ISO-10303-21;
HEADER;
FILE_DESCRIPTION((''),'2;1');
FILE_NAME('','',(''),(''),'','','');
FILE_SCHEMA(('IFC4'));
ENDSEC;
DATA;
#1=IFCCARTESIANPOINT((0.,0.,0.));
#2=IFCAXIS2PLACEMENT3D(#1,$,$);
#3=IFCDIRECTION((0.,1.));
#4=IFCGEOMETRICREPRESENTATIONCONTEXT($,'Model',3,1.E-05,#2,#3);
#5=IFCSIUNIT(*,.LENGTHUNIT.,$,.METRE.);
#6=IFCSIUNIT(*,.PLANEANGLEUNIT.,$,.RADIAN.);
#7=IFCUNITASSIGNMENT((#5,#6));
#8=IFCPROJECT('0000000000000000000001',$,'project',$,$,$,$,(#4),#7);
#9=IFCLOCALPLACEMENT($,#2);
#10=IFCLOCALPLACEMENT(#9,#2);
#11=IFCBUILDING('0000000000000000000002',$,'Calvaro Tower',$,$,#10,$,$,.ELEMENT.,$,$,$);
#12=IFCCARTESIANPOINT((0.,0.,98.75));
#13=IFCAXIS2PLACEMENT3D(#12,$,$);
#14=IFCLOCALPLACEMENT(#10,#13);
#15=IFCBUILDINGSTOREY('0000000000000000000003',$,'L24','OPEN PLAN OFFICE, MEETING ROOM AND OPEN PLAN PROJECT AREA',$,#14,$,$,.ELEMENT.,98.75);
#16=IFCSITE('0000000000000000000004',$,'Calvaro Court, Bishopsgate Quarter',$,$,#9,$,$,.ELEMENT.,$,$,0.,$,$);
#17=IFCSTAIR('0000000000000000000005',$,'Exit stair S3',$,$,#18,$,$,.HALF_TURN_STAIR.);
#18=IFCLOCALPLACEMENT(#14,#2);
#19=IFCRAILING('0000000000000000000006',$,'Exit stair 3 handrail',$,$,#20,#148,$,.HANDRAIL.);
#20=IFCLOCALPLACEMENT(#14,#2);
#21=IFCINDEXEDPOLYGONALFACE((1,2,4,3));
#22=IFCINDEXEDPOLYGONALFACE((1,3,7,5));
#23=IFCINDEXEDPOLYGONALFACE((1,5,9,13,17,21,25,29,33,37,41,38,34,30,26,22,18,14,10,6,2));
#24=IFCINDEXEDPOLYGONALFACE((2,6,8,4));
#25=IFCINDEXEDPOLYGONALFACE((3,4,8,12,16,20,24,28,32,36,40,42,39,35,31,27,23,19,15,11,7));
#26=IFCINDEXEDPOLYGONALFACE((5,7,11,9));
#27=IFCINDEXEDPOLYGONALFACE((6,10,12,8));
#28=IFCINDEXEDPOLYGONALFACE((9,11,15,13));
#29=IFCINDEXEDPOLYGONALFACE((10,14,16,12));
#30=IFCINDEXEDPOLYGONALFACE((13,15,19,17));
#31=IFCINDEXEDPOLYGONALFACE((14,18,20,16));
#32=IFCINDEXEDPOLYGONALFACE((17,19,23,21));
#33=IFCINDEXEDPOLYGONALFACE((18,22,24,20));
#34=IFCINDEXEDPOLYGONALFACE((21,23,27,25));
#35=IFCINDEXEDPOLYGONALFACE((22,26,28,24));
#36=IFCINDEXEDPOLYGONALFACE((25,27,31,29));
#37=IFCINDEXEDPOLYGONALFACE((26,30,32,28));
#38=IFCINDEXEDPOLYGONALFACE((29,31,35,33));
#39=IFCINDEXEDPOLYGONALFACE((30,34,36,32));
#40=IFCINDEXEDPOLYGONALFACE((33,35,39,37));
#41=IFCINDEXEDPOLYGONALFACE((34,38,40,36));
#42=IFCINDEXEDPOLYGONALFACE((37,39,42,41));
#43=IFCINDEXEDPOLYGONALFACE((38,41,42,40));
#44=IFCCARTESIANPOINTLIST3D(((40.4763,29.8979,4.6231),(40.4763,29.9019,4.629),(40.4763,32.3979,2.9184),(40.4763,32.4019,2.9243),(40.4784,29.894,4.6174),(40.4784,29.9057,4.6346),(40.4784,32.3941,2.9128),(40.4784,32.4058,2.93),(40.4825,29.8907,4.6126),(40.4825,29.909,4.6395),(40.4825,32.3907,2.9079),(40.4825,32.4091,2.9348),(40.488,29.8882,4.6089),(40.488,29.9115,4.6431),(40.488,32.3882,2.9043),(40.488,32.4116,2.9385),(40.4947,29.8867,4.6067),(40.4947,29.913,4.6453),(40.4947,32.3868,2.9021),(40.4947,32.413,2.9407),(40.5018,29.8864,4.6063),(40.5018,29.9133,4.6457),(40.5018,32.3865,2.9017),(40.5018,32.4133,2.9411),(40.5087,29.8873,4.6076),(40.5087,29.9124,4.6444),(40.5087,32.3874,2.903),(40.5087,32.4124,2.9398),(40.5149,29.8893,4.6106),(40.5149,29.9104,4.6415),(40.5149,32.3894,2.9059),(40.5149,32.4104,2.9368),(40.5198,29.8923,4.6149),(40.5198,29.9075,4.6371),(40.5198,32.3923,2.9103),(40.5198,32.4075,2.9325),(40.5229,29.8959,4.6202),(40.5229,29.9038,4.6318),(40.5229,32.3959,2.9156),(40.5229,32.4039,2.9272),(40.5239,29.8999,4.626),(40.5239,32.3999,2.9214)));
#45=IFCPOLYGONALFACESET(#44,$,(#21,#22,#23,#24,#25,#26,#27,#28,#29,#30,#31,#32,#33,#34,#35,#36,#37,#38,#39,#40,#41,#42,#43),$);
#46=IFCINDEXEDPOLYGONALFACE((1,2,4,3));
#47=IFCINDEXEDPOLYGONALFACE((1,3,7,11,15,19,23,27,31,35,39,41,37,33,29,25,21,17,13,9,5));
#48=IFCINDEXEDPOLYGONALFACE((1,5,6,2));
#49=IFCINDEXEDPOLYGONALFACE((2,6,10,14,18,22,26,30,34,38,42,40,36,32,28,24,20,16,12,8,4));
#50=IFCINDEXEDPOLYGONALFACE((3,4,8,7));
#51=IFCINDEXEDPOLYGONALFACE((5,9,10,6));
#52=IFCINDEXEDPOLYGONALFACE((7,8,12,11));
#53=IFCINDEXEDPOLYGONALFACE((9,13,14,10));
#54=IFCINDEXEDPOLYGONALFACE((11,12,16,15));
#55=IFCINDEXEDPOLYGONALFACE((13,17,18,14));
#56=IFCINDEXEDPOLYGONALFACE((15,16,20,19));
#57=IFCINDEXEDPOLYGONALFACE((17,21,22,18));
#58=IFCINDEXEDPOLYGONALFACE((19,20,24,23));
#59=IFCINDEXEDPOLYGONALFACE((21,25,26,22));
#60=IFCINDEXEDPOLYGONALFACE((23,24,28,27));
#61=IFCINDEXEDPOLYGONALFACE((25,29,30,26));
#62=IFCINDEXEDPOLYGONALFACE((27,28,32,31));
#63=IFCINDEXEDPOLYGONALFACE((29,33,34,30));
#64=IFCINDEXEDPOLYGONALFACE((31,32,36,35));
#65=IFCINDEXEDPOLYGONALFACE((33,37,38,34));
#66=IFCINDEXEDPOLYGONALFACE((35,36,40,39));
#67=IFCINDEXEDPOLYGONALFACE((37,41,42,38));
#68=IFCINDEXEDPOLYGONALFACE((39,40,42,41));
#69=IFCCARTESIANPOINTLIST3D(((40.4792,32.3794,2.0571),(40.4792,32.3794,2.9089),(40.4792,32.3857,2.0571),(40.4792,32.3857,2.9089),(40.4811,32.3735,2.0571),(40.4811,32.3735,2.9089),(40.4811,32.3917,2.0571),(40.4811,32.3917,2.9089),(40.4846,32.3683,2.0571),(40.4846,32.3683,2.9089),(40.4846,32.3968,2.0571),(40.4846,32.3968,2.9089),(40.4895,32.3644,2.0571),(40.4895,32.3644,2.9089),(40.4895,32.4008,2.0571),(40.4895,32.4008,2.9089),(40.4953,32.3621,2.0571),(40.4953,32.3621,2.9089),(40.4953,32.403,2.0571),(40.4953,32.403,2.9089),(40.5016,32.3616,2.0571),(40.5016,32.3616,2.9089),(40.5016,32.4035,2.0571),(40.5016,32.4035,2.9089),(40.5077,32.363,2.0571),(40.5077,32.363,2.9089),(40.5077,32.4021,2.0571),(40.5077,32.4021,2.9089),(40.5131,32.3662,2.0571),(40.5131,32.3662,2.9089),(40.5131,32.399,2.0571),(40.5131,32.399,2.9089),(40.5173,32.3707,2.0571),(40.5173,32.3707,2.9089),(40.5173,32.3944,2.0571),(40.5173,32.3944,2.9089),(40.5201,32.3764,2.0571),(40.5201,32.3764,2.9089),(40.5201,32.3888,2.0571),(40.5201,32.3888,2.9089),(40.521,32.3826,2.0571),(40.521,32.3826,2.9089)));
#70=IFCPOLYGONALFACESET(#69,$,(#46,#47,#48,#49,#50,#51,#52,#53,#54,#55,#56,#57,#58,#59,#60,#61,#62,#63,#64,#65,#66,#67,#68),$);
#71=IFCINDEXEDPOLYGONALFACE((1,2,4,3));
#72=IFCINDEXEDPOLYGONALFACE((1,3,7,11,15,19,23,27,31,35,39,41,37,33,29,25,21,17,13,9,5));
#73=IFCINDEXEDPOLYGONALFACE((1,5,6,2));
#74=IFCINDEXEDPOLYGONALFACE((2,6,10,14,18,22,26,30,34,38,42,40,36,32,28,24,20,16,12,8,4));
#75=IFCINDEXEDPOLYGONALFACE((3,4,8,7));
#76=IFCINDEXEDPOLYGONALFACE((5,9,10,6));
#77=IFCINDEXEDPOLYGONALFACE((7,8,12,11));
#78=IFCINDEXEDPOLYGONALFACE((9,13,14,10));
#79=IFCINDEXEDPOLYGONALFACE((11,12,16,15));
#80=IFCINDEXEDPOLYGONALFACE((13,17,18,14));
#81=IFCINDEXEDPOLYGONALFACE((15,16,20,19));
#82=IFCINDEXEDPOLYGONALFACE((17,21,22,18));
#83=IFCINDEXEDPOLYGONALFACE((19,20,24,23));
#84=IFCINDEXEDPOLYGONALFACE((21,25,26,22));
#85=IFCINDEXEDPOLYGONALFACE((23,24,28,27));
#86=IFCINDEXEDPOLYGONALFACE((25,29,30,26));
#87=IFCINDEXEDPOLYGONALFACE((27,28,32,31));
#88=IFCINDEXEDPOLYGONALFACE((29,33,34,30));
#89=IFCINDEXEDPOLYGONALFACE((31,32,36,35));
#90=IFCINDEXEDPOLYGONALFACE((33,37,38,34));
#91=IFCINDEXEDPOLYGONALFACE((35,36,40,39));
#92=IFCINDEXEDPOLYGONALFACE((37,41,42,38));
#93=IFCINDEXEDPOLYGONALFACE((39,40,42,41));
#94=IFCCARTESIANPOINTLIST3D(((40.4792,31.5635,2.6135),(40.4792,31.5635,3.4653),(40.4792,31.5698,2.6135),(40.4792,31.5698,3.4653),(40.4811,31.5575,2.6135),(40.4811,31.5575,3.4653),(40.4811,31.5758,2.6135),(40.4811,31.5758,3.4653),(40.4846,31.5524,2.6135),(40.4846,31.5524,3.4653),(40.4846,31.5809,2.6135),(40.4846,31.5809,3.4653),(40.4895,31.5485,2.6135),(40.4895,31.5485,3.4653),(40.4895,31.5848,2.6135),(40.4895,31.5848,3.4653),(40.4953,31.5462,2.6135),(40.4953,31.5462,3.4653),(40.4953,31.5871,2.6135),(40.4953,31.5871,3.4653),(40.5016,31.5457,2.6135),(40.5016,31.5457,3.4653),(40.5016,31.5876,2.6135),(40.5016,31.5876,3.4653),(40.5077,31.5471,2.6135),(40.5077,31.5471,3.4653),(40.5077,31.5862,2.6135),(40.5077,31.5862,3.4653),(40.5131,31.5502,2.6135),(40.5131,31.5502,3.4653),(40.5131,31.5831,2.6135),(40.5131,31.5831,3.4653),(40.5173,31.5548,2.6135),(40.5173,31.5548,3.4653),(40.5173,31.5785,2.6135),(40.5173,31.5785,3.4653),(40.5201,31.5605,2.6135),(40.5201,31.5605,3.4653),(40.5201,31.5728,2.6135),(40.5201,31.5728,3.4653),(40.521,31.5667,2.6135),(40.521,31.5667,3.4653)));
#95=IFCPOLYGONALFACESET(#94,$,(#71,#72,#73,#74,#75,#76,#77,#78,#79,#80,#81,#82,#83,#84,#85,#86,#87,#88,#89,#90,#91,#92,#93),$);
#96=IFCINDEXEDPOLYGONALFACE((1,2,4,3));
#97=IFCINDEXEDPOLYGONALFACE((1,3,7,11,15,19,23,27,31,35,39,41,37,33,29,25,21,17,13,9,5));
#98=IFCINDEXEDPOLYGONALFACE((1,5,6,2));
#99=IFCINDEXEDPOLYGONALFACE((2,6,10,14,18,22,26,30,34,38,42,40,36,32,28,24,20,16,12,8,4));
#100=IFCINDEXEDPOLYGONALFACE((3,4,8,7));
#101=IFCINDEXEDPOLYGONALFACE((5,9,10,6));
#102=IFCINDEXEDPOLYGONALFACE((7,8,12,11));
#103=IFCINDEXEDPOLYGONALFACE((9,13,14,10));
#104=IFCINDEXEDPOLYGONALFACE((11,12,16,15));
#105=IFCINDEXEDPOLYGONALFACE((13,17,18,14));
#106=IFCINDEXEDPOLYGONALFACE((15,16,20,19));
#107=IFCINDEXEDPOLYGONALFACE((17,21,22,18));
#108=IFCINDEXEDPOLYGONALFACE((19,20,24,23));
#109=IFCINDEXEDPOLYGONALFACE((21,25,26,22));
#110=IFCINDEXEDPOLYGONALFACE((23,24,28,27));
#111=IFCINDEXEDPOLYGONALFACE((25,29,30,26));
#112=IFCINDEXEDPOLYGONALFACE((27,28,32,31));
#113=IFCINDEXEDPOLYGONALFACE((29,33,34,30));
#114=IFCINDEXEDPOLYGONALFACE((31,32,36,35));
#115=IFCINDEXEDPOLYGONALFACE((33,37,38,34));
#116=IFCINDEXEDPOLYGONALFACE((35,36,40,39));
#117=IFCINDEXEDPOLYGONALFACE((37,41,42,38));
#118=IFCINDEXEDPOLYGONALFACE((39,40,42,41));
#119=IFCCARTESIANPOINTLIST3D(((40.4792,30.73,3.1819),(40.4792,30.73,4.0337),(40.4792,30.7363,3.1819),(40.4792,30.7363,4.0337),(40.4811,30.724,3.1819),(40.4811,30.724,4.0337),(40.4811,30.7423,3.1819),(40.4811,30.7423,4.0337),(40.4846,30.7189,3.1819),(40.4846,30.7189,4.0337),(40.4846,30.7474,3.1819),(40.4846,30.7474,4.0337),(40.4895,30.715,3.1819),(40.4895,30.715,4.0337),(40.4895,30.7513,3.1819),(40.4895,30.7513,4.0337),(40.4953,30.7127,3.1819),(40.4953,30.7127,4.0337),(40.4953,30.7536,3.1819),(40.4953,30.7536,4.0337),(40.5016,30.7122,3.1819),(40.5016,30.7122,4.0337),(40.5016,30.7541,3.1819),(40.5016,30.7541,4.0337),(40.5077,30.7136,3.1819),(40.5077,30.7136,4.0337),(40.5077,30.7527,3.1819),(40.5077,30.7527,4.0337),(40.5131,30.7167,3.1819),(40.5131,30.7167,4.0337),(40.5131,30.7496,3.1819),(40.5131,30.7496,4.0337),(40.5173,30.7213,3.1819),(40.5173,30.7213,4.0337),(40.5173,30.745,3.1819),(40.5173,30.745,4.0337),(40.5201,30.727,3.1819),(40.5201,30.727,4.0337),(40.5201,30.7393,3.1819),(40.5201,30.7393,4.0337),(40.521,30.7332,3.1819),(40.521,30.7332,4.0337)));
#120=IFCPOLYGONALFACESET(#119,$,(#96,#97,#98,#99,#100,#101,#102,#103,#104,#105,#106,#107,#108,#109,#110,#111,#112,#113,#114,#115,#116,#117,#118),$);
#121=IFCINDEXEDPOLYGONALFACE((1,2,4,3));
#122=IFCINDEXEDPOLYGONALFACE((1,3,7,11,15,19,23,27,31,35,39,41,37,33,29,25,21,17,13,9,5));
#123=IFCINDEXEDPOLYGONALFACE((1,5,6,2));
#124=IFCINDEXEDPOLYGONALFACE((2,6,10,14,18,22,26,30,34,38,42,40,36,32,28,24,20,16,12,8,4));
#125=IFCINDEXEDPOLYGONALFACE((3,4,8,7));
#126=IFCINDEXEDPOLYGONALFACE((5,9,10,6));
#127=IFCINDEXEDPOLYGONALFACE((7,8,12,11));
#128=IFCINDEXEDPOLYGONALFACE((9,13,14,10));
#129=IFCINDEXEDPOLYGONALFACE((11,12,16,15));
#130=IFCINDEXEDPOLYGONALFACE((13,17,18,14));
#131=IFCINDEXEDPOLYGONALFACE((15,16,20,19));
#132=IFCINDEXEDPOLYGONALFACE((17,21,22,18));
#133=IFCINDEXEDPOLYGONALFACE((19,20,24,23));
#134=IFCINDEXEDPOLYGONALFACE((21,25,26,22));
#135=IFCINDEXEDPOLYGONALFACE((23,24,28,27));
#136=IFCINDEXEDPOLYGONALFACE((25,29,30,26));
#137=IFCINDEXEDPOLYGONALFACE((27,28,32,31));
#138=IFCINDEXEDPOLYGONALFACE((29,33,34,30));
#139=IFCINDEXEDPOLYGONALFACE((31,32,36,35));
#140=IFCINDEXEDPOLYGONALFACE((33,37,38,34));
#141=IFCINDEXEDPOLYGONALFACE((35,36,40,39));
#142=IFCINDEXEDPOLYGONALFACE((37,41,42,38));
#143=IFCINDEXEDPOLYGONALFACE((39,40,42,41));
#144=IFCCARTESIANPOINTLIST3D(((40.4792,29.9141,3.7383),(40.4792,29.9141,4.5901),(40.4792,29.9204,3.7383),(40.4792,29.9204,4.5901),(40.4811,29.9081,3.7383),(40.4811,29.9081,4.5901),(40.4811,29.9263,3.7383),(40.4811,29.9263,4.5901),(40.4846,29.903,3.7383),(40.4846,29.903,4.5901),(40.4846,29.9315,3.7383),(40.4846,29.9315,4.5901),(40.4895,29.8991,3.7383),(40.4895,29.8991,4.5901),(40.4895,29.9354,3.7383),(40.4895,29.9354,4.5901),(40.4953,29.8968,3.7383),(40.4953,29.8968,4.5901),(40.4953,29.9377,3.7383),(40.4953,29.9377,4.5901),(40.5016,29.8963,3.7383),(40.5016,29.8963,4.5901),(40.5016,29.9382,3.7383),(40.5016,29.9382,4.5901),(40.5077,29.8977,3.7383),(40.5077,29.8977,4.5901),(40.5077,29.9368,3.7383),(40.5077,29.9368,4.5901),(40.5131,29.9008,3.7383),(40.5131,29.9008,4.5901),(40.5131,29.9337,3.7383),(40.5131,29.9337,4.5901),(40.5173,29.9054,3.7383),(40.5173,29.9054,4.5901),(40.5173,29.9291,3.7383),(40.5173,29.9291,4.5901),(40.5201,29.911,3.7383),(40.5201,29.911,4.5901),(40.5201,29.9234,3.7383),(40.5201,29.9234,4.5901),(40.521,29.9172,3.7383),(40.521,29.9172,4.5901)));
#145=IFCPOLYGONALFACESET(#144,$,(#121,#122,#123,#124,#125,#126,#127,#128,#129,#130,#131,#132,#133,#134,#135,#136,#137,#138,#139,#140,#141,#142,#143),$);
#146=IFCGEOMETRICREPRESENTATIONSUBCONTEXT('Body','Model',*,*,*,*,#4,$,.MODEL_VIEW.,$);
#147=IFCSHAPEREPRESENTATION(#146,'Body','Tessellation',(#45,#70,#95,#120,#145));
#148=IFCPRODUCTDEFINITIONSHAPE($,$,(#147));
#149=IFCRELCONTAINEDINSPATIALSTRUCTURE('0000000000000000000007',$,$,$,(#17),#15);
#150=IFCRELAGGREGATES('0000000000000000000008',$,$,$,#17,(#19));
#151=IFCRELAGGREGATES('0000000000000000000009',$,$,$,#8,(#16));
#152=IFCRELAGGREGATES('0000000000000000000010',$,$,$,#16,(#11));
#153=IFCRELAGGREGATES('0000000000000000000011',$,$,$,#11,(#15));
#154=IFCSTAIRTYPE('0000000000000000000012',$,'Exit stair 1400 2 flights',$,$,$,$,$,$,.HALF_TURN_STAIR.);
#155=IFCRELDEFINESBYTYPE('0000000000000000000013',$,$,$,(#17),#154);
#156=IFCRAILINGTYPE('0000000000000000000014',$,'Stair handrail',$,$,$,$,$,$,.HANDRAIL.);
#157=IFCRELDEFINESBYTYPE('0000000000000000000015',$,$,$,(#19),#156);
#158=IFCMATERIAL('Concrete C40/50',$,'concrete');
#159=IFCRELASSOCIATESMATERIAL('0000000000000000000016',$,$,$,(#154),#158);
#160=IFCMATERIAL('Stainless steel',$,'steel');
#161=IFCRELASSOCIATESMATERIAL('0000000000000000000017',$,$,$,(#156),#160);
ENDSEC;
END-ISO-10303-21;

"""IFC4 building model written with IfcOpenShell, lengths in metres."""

from ifc_helpers import new_model, si_unit, direction, frame, origin, origin_2d, place, context, subcontext, project, spatial, circle, extrude, material, type_object, element, aggregate, save


model = new_model("IFC4")

# Units and contexts
model_context = context("Model", 3, precision=1e-05, world=origin(), true_north=direction((0.0, 1.0)))
body_context = subcontext(model_context, "Body", "Model", "MODEL_VIEW")
ifc_project = project(units=[si_unit("LENGTHUNIT", "METRE"), si_unit("PLANEANGLEUNIT", "RADIAN")], contexts=[model_context])

# Site, building, storey
site_placement = place(None, origin())
site = spatial("IfcSite", under=ifc_project, at=site_placement, Name="Calvaro Court, Bishopsgate Quarter", CompositionType="ELEMENT", RefElevation=0.0)
building_placement = place(site_placement, origin())
building = spatial("IfcBuilding", under=site, at=building_placement, Name="Calvaro Tower", CompositionType="ELEMENT")
storey_placement = place(building_placement, frame((0.0, 0.0, 98.75)))
storey = spatial("IfcBuildingStorey", under=building, at=storey_placement, Name="L24", Description="OPEN PLAN OFFICE, MEETING ROOM AND OPEN PLAN PROJECT AREA", CompositionType="ELEMENT", Elevation=98.75)

# Stair
ifc_material_1 = material(Name="Concrete C40/50", Category="concrete")
stair_type = type_object("IfcStairType", Name="Exit stair 1400 2 flights", PredefinedType="HALF_TURN_STAIR", material=ifc_material_1)
stair_1_placement = place(storey_placement, origin())
stair_1 = element("IfcStair", 1, at=stair_1_placement, inside=storey, type_object=stair_type, Name="Exit stair S3", PredefinedType="HALF_TURN_STAIR")

# Railing
ifc_material_2 = material(Name="Stainless steel", Category="steel")
railing_type = type_object("IfcRailingType", Name="Stair handrail", PredefinedType="HANDRAIL", material=ifc_material_2)
railing_1_placement = place(storey_placement, frame((40.5, 32.3999, 2.0454)))
railing_1 = element("IfcRailing", 2, at=railing_1_placement, type_object=railing_type, Name="Exit stair 3 handrail", PredefinedType="HANDRAIL", context=body_context, shape_type="SweptSolid", body=[
    extrude(circle(Radius=0.0239, at=origin_2d()), frame((0.0, 0.0, 0.876), z_axis=(0.0, -0.826221, 0.563347), x_axis=(1.0, 0.0, 0.0)), (0.0, 0.0, 1.0), 3.0259),
    extrude(circle(Radius=0.021, at=origin_2d()), frame((0.0, -0.0173, 0.0117)), (0.0, 0.0, 1.0), 0.8518),
    extrude(circle(Radius=0.021, at=origin_2d()), frame((0.0, -0.8333, 0.5681)), (0.0, 0.0, 1.0), 0.8518),
    extrude(circle(Radius=0.021, at=origin_2d()), frame((0.0, -1.6667, 1.1365)), (0.0, 0.0, 1.0), 0.8518),
    extrude(circle(Radius=0.021, at=origin_2d()), frame((0.0, -2.4827, 1.6929)), (0.0, 0.0, 1.0), 0.8518),
])
aggregate(stair_1, [railing_1])

save(model, "model.ifc")
